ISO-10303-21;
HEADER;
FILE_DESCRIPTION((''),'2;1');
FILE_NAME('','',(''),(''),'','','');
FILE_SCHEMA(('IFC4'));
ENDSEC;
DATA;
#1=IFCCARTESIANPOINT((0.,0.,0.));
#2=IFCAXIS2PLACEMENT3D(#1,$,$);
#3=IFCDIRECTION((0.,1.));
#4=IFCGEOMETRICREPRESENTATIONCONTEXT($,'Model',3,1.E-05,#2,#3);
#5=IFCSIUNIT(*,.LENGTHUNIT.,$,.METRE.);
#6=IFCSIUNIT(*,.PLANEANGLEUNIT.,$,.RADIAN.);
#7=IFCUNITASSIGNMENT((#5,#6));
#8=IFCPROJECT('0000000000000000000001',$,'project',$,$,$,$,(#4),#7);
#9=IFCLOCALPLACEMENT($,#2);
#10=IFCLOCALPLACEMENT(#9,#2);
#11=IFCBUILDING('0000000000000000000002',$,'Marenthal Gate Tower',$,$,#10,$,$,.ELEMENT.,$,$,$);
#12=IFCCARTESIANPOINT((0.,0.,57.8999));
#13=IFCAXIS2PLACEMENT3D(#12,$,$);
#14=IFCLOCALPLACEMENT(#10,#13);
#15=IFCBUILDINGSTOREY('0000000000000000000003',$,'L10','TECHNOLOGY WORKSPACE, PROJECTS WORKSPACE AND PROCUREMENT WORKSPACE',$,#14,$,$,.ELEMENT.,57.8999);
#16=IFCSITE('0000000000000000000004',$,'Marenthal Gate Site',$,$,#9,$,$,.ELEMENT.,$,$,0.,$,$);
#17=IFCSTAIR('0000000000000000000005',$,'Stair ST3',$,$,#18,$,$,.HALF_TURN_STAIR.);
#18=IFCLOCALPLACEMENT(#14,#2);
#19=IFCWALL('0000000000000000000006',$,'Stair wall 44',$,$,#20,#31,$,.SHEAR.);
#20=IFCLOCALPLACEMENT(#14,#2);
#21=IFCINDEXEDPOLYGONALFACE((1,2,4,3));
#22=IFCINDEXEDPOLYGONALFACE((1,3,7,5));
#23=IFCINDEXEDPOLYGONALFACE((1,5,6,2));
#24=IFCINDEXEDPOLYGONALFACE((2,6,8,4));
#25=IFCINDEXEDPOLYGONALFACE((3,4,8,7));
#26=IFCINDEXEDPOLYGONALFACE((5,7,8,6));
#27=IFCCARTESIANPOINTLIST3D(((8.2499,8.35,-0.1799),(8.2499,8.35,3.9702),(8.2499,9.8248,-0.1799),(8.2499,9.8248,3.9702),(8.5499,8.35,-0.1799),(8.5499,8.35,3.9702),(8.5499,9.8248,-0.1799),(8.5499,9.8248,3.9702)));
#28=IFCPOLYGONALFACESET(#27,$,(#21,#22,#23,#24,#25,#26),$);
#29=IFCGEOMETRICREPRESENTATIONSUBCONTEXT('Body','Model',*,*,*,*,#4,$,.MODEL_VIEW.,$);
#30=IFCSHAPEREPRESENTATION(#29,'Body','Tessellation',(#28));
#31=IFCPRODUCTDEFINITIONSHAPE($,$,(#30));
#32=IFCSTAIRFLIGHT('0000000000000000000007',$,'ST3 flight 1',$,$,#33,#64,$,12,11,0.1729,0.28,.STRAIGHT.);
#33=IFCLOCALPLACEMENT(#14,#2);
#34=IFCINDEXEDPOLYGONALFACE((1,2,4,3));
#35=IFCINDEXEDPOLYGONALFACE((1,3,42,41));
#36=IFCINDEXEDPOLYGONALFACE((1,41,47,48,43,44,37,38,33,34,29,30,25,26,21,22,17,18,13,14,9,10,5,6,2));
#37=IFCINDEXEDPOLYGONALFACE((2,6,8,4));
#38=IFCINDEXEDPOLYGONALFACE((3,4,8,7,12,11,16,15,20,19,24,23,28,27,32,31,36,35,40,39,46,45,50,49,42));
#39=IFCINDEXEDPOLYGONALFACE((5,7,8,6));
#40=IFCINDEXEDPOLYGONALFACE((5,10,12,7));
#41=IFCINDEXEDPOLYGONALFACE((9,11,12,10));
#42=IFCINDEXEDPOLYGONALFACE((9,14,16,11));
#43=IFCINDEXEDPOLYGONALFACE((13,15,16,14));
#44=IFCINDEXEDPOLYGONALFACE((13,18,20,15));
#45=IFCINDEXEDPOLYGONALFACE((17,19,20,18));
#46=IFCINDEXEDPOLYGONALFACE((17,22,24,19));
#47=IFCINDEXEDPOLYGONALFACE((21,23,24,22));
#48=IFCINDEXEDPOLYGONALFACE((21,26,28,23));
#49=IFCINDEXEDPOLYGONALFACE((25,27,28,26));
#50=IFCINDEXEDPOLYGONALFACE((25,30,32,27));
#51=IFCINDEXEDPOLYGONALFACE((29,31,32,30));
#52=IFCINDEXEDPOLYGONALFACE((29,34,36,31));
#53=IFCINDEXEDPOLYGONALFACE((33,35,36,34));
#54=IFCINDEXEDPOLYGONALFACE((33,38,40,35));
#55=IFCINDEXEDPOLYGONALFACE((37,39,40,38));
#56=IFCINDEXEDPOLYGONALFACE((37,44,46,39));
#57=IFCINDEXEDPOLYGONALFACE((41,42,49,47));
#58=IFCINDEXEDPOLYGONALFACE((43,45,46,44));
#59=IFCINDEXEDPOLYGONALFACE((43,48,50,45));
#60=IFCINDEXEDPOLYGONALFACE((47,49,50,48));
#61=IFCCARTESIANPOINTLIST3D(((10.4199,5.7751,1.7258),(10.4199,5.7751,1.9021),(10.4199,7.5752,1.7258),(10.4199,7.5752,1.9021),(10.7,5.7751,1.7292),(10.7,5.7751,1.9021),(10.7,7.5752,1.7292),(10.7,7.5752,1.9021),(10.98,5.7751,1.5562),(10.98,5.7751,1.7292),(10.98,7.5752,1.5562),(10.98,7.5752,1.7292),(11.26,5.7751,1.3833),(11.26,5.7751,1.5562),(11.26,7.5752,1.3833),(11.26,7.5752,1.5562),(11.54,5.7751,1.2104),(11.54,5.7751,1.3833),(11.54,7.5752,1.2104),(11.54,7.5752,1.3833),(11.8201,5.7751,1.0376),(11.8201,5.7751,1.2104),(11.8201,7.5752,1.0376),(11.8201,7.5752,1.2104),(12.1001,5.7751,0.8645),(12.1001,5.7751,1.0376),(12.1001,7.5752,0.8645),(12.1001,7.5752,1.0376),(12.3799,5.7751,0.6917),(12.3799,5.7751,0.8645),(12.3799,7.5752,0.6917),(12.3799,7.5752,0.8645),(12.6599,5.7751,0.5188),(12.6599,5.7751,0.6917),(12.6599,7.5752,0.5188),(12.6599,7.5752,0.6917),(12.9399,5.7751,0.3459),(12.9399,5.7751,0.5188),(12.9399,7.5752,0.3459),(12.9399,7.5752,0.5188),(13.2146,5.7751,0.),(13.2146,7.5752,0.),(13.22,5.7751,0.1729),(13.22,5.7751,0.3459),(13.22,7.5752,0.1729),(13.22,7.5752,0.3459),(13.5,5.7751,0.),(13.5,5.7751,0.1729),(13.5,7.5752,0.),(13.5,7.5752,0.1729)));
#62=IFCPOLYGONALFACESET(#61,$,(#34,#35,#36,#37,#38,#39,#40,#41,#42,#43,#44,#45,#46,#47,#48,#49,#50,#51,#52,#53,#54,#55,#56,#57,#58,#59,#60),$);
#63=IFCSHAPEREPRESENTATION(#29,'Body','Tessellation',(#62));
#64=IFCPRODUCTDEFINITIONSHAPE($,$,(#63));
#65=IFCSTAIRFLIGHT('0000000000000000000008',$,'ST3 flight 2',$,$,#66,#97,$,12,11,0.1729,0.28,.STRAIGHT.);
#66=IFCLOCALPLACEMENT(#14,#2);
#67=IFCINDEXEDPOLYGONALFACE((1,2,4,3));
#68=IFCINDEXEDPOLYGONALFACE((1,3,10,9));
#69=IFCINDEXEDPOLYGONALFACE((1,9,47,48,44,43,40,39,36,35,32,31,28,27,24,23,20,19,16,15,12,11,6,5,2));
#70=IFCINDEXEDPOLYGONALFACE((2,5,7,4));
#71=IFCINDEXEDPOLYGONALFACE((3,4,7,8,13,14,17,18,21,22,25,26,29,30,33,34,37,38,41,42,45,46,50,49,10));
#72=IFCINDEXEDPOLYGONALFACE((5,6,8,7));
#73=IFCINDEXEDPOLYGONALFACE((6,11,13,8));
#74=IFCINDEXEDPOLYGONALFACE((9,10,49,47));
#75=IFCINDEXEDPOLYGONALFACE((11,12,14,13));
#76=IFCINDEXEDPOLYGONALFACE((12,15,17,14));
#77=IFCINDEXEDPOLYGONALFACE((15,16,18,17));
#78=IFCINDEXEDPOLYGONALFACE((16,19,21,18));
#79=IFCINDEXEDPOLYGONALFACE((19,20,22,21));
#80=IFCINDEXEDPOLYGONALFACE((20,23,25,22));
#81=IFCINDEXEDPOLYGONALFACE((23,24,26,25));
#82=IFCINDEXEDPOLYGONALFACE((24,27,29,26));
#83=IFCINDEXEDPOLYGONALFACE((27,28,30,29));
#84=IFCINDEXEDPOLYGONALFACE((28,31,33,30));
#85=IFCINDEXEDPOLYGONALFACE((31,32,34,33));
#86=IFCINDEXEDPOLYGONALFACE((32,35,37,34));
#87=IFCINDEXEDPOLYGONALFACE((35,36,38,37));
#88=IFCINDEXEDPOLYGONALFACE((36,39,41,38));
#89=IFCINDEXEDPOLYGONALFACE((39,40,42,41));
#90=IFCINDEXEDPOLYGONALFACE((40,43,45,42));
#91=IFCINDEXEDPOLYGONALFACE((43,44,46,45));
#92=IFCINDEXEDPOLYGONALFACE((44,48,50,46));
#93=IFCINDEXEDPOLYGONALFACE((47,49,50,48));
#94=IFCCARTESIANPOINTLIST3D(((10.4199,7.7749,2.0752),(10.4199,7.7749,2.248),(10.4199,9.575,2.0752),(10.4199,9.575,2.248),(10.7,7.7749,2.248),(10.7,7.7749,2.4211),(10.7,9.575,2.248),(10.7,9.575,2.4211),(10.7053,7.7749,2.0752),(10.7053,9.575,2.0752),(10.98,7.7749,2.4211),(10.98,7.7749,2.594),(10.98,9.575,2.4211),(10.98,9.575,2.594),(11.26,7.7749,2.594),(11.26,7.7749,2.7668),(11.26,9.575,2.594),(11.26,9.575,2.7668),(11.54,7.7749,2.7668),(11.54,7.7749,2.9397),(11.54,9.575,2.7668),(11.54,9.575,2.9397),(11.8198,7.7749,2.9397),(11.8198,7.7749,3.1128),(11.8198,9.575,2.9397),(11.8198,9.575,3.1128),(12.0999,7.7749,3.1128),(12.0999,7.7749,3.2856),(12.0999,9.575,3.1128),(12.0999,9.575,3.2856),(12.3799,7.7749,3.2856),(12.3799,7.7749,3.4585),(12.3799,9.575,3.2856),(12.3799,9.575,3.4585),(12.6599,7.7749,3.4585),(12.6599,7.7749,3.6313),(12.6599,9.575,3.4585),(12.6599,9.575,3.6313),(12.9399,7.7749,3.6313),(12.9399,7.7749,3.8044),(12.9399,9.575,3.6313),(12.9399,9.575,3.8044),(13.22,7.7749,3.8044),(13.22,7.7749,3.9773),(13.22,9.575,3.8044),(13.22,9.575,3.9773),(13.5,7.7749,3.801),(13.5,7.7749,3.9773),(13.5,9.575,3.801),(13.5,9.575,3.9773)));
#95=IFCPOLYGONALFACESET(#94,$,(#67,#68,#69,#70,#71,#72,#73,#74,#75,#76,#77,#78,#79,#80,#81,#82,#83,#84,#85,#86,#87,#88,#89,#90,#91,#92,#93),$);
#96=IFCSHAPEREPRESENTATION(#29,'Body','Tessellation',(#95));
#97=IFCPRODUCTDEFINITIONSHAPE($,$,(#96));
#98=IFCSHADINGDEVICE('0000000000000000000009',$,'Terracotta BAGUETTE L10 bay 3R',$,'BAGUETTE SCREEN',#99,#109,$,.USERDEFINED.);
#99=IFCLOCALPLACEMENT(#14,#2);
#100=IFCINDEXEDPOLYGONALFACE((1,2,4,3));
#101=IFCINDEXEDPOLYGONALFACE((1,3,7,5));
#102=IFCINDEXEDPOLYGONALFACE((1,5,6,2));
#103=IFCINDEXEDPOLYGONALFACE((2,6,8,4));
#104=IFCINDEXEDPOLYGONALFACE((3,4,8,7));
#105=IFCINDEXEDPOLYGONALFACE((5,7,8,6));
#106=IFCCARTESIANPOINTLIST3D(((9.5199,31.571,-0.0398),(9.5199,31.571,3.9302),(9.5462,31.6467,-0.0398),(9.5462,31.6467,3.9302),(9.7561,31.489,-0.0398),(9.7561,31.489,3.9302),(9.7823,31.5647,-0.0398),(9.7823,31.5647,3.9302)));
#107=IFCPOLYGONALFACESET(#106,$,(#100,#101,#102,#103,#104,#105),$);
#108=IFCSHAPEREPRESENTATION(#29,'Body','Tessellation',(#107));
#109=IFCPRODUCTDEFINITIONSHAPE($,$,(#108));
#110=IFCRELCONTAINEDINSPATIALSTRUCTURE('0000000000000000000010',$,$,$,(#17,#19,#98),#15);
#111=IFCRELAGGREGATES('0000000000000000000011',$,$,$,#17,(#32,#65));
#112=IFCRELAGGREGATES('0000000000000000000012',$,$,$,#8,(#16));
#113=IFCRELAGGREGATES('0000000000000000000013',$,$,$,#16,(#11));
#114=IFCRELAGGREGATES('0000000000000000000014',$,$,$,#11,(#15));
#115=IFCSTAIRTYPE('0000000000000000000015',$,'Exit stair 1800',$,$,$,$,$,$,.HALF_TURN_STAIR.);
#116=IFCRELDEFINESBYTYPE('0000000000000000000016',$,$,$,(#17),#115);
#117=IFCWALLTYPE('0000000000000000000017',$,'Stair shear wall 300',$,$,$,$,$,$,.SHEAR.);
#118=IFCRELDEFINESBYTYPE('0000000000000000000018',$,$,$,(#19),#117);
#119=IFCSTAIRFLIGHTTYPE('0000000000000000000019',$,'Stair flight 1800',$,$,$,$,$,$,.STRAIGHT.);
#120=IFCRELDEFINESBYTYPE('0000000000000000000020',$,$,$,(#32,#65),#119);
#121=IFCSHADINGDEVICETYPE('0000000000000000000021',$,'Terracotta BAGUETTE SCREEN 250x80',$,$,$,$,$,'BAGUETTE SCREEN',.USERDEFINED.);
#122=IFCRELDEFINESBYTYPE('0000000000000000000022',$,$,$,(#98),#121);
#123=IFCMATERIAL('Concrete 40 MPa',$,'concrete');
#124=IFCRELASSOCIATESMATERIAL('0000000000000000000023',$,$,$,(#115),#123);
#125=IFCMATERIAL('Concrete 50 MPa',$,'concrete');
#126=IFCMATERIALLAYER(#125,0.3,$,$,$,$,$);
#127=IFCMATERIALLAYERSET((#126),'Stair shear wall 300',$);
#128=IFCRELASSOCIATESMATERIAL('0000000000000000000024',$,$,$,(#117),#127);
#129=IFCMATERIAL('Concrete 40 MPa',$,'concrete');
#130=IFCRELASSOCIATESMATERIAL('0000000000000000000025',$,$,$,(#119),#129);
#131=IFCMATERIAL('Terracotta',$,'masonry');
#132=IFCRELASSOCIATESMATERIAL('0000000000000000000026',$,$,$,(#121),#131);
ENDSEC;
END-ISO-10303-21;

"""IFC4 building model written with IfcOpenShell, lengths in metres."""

from ifc_helpers import new_model, si_unit, direction, frame, frame_2d, origin, origin_2d, place, context, subcontext, project, spatial, polyline, rectangle, outline, extrude, material, layer, layer_set, material_profile, profile_set, type_object, element, aggregate, save


model = new_model("IFC4")

# Units and contexts
model_context = context("Model", 3, precision=1e-05, world=origin(), true_north=direction((0.0, 1.0)))
body_context = subcontext(model_context, "Body", "Model", "MODEL_VIEW")
ifc_project = project(units=[si_unit("LENGTHUNIT", "METRE"), si_unit("PLANEANGLEUNIT", "RADIAN")], contexts=[model_context])

# Site, building, storey
site_placement = place(None, origin())
site = spatial("IfcSite", under=ifc_project, at=site_placement, Name="Marenthal Gate Site", CompositionType="ELEMENT", RefElevation=0.0)
building_placement = place(site_placement, origin())
building = spatial("IfcBuilding", under=site, at=building_placement, Name="Marenthal Gate Tower", CompositionType="ELEMENT")
storey_placement = place(building_placement, frame((0.0, 0.0, 57.8999)))
storey = spatial("IfcBuildingStorey", under=building, at=storey_placement, Name="L10", Description="TECHNOLOGY WORKSPACE, PROJECTS WORKSPACE AND PROCUREMENT WORKSPACE", CompositionType="ELEMENT", Elevation=57.8999)

# Stair
ifc_material_1 = material(Name="Concrete 40 MPa", Category="concrete")
stair_type = type_object("IfcStairType", Name="Exit stair 1800", PredefinedType="HALF_TURN_STAIR", material=ifc_material_1)
stair_1_placement = place(storey_placement, origin())
stair_1 = element("IfcStair", 1, at=stair_1_placement, inside=storey, type_object=stair_type, Name="Stair ST3", PredefinedType="HALF_TURN_STAIR")

# Wall
ifc_material_2 = material(Name="Concrete 50 MPa", Category="concrete")
ifc_layer_1 = layer(ifc_material_2, 0.3)
ifc_layer_set_1 = layer_set([ifc_layer_1], Name="Stair shear wall 300")
wall_type_1 = type_object("IfcWallType", Name="Stair shear wall 300", PredefinedType="SHEAR", material=ifc_layer_set_1)
wall_1_placement = place(storey_placement, frame((8.3999, 8.3501, -0.1799), z_axis=(0.0, 0.0, 1.0), x_axis=(0.0, 1.0, 0.0)))
element("IfcWall", 2, at=wall_1_placement, inside=storey, type_object=wall_type_1, Name="Stair wall 44", PredefinedType="SHEAR", context=body_context, shape_type="SweptSolid", body=[
    extrude(rectangle(XDim=1.4749, YDim=0.3, at=frame_2d((0.7373, 0.0))), origin(), (0.0, 0.0, 1.0), 4.1501),
])

# Stair flights
ifc_material_3 = material(Name="Concrete 40 MPa", Category="concrete")
stair_flight_type = type_object("IfcStairFlightType", Name="Stair flight 1800", PredefinedType="STRAIGHT", material=ifc_material_3)
stair_flight_1_placement = place(storey_placement, frame((13.5, 6.675, 0.0), z_axis=(0.0, 0.0, 1.0), x_axis=(-1.0, 0.0, 0.0)))
stair_flight_1 = element("IfcStairFlight", 3, at=stair_flight_1_placement, type_object=stair_flight_type, Name="ST3 flight 1", NumberOfRisers=12, NumberOfTreads=11, PredefinedType="STRAIGHT", RiserHeight=0.1729, TreadLength=0.28, context=body_context, shape_type="SweptSolid", body=[
    extrude(outline(polyline([(0.0, 0.0), (0.0, 0.1729), (0.28, 0.1729), (0.28, 0.3459), (0.5601, 0.3459), (0.5601, 0.5188), (0.8401, 0.5188), (0.8401, 0.6917), (1.1201, 0.6917), (1.1201, 0.8645), (1.3999, 0.8645), (1.3999, 1.0376), (1.6799, 1.0376), (1.6799, 1.2104), (1.96, 1.2104), (1.96, 1.3833), (2.24, 1.3833), (2.24, 1.5562), (2.52, 1.5562), (2.52, 1.7292), (2.8, 1.7292), (2.8, 1.9021), (3.0801, 1.9021), (3.0801, 2.075), (3.0801, 1.7258), (0.2854, 0.0), (0.0, 0.0)])), frame((0.0, 0.8999, 0.0), z_axis=(0.0, -1.0, 0.0), x_axis=(1.0, 0.0, 0.0)), (0.0, 0.0, 1.0), 1.8),
])
stair_flight_2_placement = place(storey_placement, frame((10.4199, 8.675, 2.0752), z_axis=(0.0, 0.0, 1.0), x_axis=(1.0, 0.0, 0.0)))
stair_flight_2 = element("IfcStairFlight", 4, at=stair_flight_2_placement, type_object=stair_flight_type, Name="ST3 flight 2", NumberOfRisers=12, NumberOfTreads=11, PredefinedType="STRAIGHT", RiserHeight=0.1729, TreadLength=0.28, context=body_context, shape_type="SweptSolid", body=[
    extrude(outline(polyline([(0.0, 0.0), (0.0, 0.1729), (0.28, 0.1729), (0.28, 0.3459), (0.5601, 0.3459), (0.5601, 0.5188), (0.8401, 0.5188), (0.8401, 0.6917), (1.1201, 0.6917), (1.1201, 0.8645), (1.3999, 0.8645), (1.3999, 1.0376), (1.6799, 1.0376), (1.6799, 1.2104), (1.96, 1.2104), (1.96, 1.3833), (2.24, 1.3833), (2.24, 1.5562), (2.52, 1.5562), (2.52, 1.7292), (2.8, 1.7292), (2.8, 1.9021), (3.0801, 1.9021), (3.0801, 2.075), (3.0801, 1.7258), (0.2854, 0.0), (0.0, 0.0)])), frame((0.0, 0.8999, 0.0), z_axis=(0.0, -1.0, 0.0), x_axis=(1.0, 0.0, 0.0)), (0.0, 0.0, 1.0), 1.8),
])
aggregate(stair_1, [stair_flight_1, stair_flight_2])

# Shading device
ifc_material_4 = material(Name="Terracotta", Category="masonry")
ifc_material_profile_1 = material_profile(ifc_material_4, rectangle(XDim=0.25, YDim=0.0801, at=origin_2d()), Name="Terracotta baguette 250x80")
ifc_profile_set_1 = profile_set([ifc_material_profile_1], Name="Terracotta")
shading_device_type = type_object("IfcShadingDeviceType", Name="Terracotta BAGUETTE SCREEN 250x80", ElementType="BAGUETTE SCREEN", PredefinedType="USERDEFINED", material=ifc_profile_set_1)
shading_device_placement = place(storey_placement, frame((9.6511, 31.5679, -0.0398), z_axis=(0.0, 0.0, 1.0), x_axis=(-0.944672, 0.328016, 0.0)))
element("IfcShadingDevice", 5, at=shading_device_placement, inside=storey, type_object=shading_device_type, Name="Terracotta BAGUETTE L10 bay 3R", ObjectType="BAGUETTE SCREEN", PredefinedType="USERDEFINED", context=body_context, shape_type="SweptSolid", body=[
    extrude(rectangle(XDim=0.25, YDim=0.0801, at=origin_2d()), origin(), (0.0, 0.0, 1.0), 3.97),
])

save(model, "model.ifc")
